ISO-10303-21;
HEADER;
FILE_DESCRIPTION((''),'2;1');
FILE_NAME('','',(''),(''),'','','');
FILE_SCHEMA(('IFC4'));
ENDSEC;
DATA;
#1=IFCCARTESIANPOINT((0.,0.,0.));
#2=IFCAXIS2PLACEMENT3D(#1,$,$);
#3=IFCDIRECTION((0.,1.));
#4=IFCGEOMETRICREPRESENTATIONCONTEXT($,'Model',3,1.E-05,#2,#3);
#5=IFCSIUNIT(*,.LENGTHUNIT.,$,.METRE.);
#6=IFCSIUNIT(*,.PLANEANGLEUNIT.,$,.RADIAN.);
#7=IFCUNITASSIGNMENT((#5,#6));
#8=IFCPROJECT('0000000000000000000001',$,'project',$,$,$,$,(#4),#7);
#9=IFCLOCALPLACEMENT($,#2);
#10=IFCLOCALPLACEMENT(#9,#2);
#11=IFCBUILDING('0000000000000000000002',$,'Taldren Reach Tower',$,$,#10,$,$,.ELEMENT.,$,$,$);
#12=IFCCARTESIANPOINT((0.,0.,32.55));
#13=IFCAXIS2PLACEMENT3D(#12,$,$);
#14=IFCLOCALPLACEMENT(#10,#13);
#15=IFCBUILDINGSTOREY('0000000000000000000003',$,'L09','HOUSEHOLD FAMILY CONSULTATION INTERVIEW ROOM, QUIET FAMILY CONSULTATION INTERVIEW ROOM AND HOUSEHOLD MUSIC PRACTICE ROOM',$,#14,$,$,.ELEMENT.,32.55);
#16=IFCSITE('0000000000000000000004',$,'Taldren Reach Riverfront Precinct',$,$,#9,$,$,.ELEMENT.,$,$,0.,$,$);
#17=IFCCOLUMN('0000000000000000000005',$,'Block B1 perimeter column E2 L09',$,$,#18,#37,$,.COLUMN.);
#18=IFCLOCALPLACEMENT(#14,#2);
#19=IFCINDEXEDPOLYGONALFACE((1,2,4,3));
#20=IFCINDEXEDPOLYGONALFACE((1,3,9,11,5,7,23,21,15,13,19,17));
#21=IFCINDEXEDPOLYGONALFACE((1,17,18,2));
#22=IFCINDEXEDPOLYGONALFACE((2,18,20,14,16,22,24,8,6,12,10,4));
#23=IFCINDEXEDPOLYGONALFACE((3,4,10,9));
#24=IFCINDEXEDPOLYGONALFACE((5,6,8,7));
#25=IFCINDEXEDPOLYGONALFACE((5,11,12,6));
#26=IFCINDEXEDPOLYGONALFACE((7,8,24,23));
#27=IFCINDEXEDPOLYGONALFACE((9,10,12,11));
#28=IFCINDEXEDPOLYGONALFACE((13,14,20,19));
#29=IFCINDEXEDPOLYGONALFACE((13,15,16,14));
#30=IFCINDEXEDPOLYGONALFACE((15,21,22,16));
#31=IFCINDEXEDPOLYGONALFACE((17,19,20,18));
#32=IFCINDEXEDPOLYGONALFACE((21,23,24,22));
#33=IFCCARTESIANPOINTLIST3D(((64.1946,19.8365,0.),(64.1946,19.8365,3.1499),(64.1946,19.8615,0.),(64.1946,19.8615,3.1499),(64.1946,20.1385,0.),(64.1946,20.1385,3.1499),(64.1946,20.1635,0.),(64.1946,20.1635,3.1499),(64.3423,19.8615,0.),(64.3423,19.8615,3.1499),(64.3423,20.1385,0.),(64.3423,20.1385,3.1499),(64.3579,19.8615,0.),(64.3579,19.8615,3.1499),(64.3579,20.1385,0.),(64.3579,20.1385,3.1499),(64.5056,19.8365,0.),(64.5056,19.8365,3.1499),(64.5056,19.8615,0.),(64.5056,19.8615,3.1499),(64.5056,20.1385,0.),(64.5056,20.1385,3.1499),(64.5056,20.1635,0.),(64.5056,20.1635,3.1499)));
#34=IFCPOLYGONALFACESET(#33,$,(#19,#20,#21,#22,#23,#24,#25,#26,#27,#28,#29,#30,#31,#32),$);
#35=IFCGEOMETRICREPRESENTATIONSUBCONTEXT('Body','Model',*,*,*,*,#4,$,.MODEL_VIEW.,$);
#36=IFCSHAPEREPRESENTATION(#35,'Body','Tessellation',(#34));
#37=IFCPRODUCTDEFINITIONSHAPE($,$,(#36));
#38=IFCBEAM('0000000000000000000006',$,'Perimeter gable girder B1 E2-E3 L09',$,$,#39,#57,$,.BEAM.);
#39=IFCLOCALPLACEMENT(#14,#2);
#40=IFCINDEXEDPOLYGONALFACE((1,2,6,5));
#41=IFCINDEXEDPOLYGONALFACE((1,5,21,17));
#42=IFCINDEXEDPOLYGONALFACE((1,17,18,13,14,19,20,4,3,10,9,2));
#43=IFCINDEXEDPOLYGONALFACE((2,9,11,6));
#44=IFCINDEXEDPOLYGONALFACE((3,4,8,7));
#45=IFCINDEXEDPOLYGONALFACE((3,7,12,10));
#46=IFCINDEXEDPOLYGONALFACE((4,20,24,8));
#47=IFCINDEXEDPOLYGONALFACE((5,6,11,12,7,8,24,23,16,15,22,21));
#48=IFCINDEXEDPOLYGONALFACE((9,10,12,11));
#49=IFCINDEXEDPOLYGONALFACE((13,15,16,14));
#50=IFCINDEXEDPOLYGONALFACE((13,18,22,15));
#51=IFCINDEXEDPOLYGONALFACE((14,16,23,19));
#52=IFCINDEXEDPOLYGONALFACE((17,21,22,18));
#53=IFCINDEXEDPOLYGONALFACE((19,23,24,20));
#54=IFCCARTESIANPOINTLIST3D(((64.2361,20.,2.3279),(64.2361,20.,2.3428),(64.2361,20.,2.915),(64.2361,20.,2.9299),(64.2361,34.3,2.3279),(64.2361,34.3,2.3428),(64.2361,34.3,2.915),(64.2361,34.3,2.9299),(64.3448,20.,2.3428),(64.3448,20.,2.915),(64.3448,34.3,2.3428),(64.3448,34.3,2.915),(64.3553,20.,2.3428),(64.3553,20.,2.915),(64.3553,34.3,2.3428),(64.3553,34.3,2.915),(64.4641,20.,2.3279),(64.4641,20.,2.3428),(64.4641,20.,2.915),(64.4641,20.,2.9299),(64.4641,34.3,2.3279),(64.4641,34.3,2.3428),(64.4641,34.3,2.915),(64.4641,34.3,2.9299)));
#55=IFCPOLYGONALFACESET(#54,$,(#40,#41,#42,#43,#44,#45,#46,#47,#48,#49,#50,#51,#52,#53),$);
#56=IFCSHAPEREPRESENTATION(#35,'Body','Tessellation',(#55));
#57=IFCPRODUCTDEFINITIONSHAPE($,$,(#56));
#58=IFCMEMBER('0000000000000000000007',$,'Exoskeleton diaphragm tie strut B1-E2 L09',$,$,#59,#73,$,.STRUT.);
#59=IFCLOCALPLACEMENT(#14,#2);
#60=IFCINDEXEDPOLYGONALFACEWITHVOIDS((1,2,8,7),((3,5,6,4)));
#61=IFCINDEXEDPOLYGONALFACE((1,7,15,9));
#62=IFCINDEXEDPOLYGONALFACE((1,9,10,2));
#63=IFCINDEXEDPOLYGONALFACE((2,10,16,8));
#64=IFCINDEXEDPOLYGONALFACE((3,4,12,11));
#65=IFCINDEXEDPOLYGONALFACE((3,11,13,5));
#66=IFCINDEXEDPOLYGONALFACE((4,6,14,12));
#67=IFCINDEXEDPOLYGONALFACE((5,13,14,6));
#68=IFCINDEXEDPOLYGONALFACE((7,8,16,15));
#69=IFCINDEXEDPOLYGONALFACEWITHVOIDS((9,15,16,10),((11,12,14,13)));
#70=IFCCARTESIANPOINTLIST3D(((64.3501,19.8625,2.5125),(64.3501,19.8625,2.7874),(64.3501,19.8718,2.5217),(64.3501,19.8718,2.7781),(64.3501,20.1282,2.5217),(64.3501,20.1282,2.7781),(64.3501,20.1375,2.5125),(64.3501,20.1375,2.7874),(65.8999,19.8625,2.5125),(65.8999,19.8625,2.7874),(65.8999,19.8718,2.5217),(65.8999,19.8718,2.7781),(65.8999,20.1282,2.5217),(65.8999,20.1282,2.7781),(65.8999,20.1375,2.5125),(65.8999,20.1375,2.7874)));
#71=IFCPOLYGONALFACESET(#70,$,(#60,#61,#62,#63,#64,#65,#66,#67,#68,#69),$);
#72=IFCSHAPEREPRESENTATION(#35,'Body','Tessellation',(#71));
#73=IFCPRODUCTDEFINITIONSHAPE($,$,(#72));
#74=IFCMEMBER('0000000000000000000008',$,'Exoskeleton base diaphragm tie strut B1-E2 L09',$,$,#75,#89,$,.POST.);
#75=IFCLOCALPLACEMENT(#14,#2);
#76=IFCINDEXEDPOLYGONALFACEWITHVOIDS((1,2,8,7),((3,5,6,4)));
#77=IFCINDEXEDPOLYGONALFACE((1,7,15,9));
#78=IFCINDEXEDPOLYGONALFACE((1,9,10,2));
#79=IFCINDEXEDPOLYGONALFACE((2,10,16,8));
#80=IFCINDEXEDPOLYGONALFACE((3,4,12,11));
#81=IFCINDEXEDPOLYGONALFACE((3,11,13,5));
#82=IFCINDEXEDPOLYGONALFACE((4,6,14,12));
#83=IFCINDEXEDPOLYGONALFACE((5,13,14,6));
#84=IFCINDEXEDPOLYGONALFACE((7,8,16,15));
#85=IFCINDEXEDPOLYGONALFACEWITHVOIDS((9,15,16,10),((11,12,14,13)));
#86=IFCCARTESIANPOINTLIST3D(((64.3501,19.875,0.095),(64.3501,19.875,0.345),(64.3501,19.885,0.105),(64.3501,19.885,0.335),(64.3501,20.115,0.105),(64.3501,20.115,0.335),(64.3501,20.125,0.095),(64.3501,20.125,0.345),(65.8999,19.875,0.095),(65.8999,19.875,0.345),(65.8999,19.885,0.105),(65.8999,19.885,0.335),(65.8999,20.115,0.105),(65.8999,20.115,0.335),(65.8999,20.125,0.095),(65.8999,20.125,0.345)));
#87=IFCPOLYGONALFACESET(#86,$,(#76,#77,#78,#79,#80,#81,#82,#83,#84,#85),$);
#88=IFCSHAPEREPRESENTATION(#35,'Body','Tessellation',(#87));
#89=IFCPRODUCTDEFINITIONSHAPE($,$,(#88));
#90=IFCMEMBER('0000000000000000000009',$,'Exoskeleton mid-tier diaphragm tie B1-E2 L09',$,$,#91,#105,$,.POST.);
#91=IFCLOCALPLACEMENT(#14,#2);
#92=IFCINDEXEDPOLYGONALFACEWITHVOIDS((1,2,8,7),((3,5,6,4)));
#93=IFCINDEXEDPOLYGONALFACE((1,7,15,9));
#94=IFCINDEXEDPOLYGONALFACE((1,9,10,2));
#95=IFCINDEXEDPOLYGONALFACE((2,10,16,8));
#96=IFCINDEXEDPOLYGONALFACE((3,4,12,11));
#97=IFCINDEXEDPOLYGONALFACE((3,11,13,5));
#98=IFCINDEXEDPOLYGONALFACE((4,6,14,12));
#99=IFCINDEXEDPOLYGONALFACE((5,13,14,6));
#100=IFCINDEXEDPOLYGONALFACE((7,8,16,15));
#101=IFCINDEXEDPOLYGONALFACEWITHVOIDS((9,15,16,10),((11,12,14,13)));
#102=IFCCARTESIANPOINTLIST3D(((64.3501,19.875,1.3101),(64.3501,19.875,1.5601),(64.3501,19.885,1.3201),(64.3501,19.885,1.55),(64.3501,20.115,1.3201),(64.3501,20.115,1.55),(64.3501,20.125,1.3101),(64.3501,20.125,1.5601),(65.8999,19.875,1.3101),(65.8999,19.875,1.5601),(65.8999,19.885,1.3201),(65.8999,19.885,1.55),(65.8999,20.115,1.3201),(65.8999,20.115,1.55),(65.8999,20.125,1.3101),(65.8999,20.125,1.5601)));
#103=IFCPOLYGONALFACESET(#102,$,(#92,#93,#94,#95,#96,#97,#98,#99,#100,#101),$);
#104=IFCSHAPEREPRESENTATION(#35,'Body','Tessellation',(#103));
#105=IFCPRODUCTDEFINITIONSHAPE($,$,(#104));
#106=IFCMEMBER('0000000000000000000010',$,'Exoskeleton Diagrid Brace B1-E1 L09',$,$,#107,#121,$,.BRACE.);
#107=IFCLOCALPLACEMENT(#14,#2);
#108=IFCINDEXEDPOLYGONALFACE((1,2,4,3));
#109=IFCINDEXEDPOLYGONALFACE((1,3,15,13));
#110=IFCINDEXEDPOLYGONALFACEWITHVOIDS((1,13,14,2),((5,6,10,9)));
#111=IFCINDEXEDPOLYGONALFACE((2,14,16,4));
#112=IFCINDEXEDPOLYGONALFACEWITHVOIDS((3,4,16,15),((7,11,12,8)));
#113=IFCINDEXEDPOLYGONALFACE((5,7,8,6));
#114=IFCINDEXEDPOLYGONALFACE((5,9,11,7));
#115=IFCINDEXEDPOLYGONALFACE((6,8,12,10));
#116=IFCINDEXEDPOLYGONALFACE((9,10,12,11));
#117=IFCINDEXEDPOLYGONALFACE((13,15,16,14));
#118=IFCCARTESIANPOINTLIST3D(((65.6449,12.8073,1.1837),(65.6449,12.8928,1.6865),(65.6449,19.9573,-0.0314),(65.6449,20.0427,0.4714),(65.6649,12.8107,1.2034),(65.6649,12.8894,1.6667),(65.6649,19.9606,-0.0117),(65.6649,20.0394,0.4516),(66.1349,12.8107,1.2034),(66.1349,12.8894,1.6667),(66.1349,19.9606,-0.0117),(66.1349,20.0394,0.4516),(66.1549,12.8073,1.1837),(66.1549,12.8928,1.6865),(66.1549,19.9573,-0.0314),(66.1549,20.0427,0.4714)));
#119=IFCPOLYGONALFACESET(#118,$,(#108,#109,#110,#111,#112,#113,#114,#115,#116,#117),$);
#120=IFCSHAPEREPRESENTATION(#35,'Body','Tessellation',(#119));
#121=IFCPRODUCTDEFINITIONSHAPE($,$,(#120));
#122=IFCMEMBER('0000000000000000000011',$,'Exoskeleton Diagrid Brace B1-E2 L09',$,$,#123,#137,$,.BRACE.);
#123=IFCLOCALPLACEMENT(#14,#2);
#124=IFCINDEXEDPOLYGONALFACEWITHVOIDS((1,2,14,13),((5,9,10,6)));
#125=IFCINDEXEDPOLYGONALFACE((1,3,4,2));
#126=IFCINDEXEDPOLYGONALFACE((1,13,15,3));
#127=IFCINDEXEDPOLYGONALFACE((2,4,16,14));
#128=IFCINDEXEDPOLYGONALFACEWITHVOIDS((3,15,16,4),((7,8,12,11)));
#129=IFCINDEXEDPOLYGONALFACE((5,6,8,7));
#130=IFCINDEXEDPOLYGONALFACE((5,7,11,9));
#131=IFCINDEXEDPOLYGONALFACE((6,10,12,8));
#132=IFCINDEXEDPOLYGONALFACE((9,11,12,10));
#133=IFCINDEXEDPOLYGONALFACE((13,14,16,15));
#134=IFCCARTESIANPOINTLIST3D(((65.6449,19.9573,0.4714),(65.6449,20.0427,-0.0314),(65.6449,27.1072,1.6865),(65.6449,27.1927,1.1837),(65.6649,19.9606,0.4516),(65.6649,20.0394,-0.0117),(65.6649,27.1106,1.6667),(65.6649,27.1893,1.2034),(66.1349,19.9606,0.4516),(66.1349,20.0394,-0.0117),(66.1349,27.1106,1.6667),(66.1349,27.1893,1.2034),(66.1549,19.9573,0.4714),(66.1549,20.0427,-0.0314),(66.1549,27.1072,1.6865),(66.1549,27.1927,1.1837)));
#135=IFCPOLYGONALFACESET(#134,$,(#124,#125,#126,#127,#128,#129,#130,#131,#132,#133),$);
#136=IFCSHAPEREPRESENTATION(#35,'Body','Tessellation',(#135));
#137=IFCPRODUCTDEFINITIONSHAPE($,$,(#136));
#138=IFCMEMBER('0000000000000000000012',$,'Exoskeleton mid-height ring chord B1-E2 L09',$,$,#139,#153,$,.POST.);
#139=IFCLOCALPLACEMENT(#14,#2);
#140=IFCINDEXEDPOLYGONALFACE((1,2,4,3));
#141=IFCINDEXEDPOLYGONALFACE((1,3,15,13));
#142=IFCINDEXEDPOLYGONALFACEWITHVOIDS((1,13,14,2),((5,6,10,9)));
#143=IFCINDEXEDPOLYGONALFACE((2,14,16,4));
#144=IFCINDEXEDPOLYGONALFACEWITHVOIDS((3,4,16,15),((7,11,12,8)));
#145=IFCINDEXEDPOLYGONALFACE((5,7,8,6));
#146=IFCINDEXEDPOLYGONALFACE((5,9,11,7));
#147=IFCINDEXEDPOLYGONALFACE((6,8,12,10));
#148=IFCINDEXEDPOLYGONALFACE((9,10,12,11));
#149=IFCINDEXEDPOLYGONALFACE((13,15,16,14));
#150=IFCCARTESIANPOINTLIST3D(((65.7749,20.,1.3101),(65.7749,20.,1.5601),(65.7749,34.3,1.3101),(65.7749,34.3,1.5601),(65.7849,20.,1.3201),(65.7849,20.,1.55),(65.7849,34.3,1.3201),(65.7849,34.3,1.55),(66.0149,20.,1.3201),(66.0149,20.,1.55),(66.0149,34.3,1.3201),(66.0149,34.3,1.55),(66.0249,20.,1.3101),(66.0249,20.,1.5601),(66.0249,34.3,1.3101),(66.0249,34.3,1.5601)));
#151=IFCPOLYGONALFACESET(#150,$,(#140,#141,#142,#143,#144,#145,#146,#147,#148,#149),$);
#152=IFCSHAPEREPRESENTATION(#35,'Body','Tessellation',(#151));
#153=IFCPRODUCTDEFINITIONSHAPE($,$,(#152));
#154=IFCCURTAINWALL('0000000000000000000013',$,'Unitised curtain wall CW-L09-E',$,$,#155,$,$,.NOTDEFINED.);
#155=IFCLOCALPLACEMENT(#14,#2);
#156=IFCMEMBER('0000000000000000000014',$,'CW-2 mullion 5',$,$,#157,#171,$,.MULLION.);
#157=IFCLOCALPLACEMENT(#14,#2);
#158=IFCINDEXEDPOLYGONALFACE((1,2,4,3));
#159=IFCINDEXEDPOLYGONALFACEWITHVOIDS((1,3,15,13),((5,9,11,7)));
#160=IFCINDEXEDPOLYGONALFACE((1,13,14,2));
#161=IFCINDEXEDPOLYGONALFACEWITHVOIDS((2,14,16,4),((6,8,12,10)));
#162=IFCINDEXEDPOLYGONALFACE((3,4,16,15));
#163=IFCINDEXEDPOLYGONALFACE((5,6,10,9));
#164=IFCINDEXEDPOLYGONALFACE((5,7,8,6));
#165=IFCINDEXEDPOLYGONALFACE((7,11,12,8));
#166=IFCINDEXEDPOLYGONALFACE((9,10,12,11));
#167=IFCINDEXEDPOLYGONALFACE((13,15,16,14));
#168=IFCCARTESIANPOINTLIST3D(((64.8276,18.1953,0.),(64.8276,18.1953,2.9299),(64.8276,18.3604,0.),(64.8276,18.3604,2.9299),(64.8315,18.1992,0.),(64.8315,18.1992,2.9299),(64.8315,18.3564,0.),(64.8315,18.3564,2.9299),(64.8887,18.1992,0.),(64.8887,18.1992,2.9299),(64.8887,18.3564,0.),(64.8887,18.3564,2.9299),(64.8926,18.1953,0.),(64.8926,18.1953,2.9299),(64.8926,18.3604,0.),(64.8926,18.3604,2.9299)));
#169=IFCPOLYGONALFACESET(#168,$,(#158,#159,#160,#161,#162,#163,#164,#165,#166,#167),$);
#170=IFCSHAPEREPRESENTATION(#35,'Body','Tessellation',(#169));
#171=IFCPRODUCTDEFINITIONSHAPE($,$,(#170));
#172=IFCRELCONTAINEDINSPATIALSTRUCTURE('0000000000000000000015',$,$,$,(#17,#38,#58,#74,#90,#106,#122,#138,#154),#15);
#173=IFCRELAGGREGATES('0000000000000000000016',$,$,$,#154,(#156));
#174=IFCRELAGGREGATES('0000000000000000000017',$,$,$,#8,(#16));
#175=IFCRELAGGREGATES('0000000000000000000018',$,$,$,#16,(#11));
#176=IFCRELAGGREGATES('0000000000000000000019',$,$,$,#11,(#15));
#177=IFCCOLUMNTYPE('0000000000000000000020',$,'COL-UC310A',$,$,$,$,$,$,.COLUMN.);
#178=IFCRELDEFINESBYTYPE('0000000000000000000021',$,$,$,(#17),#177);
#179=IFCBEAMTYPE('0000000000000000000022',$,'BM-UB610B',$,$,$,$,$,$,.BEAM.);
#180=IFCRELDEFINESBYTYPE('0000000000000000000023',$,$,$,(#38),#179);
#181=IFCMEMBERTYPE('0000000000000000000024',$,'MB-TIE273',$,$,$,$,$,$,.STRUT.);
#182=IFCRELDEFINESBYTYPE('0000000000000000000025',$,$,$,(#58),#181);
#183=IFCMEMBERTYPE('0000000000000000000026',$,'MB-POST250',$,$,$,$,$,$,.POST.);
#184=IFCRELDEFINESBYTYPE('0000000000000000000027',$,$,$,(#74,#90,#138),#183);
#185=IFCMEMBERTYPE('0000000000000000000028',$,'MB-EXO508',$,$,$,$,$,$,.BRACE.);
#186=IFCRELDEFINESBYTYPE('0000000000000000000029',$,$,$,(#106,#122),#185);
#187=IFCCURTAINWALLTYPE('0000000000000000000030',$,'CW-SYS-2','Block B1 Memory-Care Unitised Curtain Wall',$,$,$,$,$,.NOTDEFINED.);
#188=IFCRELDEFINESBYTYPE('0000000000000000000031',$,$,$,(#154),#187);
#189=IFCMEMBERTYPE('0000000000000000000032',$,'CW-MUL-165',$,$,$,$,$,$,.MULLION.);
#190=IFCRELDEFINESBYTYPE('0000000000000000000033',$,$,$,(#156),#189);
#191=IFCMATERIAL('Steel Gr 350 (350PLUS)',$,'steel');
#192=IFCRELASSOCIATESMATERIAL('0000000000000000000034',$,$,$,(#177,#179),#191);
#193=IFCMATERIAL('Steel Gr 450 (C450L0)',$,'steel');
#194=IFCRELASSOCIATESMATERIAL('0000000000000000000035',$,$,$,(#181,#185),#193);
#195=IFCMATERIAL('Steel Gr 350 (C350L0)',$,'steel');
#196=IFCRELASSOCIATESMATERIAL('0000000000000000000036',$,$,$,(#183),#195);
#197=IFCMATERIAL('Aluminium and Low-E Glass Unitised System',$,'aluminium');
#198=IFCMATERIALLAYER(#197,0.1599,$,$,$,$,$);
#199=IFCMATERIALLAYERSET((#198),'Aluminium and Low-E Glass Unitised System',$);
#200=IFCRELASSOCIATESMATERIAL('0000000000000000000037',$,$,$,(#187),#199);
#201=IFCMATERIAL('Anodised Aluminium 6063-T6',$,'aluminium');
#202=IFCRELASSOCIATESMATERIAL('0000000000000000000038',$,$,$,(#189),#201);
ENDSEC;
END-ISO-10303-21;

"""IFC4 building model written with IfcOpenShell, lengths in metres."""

from ifc_helpers import new_model, si_unit, direction, frame, origin, origin_2d, place, context, subcontext, project, spatial, hollow_rectangle, i_section, extrude, source, transform, mapped, material, layer, layer_set, material_profile, profile_set, type_object, element, aggregate, save


model = new_model("IFC4")

# Units and contexts
model_context = context("Model", 3, precision=1e-05, world=origin(), true_north=direction((0.0, 1.0)))
body_context = subcontext(model_context, "Body", "Model", "MODEL_VIEW")
ifc_project = project(units=[si_unit("LENGTHUNIT", "METRE"), si_unit("PLANEANGLEUNIT", "RADIAN")], contexts=[model_context])

# Site, building, storey
site_placement = place(None, origin())
site = spatial("IfcSite", under=ifc_project, at=site_placement, Name="Taldren Reach Riverfront Precinct", CompositionType="ELEMENT", RefElevation=0.0)
building_placement = place(site_placement, origin())
building = spatial("IfcBuilding", under=site, at=building_placement, Name="Taldren Reach Tower", CompositionType="ELEMENT")
storey_placement = place(building_placement, frame((0.0, 0.0, 32.55)))
storey = spatial("IfcBuildingStorey", under=building, at=storey_placement, Name="L09", Description="HOUSEHOLD FAMILY CONSULTATION INTERVIEW ROOM, QUIET FAMILY CONSULTATION INTERVIEW ROOM AND HOUSEHOLD MUSIC PRACTICE ROOM", CompositionType="ELEMENT", Elevation=32.55)

# Column
ifc_material_1 = material(Name="Steel Gr 350 (350PLUS)", Category="steel")
ifc_material_profile_1 = material_profile(ifc_material_1, i_section(OverallWidth=0.311, OverallDepth=0.3269, WebThickness=0.0156, FlangeThickness=0.0249, at=origin_2d()), Name="310UC158")
ifc_profile_set_1 = profile_set([ifc_material_profile_1], Name="Steel Gr 350 (350PLUS)")
column_type = type_object("IfcColumnType", Name="COL-UC310A", PredefinedType="COLUMN", material=ifc_profile_set_1)
shared_shape_1 = source(origin(), body_context, "Body", "SweptSolid", [
    extrude(i_section(OverallWidth=0.311, OverallDepth=0.3269, WebThickness=0.0156, FlangeThickness=0.0249, at=origin_2d()), origin(), (0.0, 0.0, 1.0), 3.1499),
])
column_placement = place(storey_placement, frame((64.3501, 20.0, 0.0), z_axis=(0.0, 0.0, 1.0), x_axis=(1.0, 0.0, 0.0)))
element("IfcColumn", 1, at=column_placement, inside=storey, type_object=column_type, Name="Block B1 perimeter column E2 L09", PredefinedType="COLUMN", context=body_context, shape_type="MappedRepresentation", body=[
    mapped(shared_shape_1, transform((0.0, 0.0, 0.0), scale=1.0)),
])

# Beam
ifc_material_profile_2 = material_profile(ifc_material_1, i_section(OverallWidth=0.228, OverallDepth=0.6021, WebThickness=0.0105, FlangeThickness=0.0149, at=origin_2d()), Name="610UB101")
ifc_profile_set_2 = profile_set([ifc_material_profile_2], Name="Steel Gr 350 (350PLUS)")
beam_type = type_object("IfcBeamType", Name="BM-UB610B", PredefinedType="BEAM", material=ifc_profile_set_2)
shared_shape_2 = source(origin(), body_context, "Body", "SweptSolid", [
    extrude(i_section(OverallWidth=0.228, OverallDepth=0.6021, WebThickness=0.0105, FlangeThickness=0.0149, at=origin_2d()), origin(), (0.0, 0.0, 1.0), 14.3),
])
beam_placement = place(storey_placement, frame((64.3501, 20.0, 2.6289), z_axis=(0.0, 1.0, 0.0), x_axis=(-1.0, 0.0, 0.0)))
element("IfcBeam", 2, at=beam_placement, inside=storey, type_object=beam_type, Name="Perimeter gable girder B1 E2-E3 L09", PredefinedType="BEAM", context=body_context, shape_type="MappedRepresentation", body=[
    mapped(shared_shape_2, transform((0.0, 0.0, 0.0), scale=1.0)),
])

# Members
ifc_material_2 = material(Name="Steel Gr 450 (C450L0)", Category="steel")
ifc_material_profile_3 = material_profile(ifc_material_2, hollow_rectangle(XDim=0.2749, YDim=0.2749, WallThickness=0.0093, at=origin_2d()), Name="275x275x9.3SHS")
ifc_profile_set_3 = profile_set([ifc_material_profile_3], Name="Steel Gr 450 (C450L0)")
member_type_1 = type_object("IfcMemberType", Name="MB-TIE273", PredefinedType="STRUT", material=ifc_profile_set_3)
shared_shape_3 = source(origin(), body_context, "Body", "SweptSolid", [
    extrude(hollow_rectangle(XDim=0.2749, YDim=0.2749, WallThickness=0.0093, at=origin_2d()), origin(), (0.0, 0.0, 1.0), 1.5498),
])
member_1_placement = place(storey_placement, frame((64.3501, 20.0, 2.6499), z_axis=(1.0, 0.0, 0.0), x_axis=(0.0, 1.0, 0.0)))
element("IfcMember", 3, at=member_1_placement, inside=storey, type_object=member_type_1, Name="Exoskeleton diaphragm tie strut B1-E2 L09", PredefinedType="STRUT", context=body_context, shape_type="MappedRepresentation", body=[
    mapped(shared_shape_3, transform((0.0, 0.0, 0.0), scale=1.0)),
])
ifc_material_3 = material(Name="Steel Gr 350 (C350L0)", Category="steel")
ifc_material_profile_4 = material_profile(ifc_material_3, hollow_rectangle(XDim=0.25, YDim=0.25, WallThickness=0.01, at=origin_2d()), Name="250x250x10.0SHS")
ifc_profile_set_4 = profile_set([ifc_material_profile_4], Name="Steel Gr 350 (C350L0)")
member_type_2 = type_object("IfcMemberType", Name="MB-POST250", PredefinedType="POST", material=ifc_profile_set_4)
shared_shape_4 = source(origin(), body_context, "Body", "SweptSolid", [
    extrude(hollow_rectangle(XDim=0.25, YDim=0.25, WallThickness=0.01, at=origin_2d()), origin(), (0.0, 0.0, 1.0), 1.5498),
])
for number, where, z_axis, x_axis, name in (
    (4, (64.3501, 20.0, 0.22), (1.0, 0.0, 0.0), (0.0, 1.0, 0.0), "Exoskeleton base diaphragm tie strut B1-E2 L09"),
    (5, (64.3501, 20.0, 1.4351), (1.0, 0.0, 0.0), (0.0, 1.0, 0.0), "Exoskeleton mid-tier diaphragm tie B1-E2 L09"),
):
    element("IfcMember", number, at=place(storey_placement, frame(where, z_axis=z_axis, x_axis=x_axis)), inside=storey, type_object=member_type_2, Name=name, PredefinedType="POST", context=body_context, shape_type="MappedRepresentation", body=[
        mapped(shared_shape_4, transform((0.0, 0.0, 0.0), scale=1.0)),
    ])
ifc_material_profile_5 = material_profile(ifc_material_2, hollow_rectangle(XDim=0.51, YDim=0.51, WallThickness=0.02, at=origin_2d()), Name="510x510x20.0SHS")
ifc_profile_set_5 = profile_set([ifc_material_profile_5], Name="Steel Gr 450 (C450L0)")
member_type_3 = type_object("IfcMemberType", Name="MB-EXO508", PredefinedType="BRACE", material=ifc_profile_set_5)
shared_shape_5 = source(origin(), body_context, "Body", "SweptSolid", [
    extrude(hollow_rectangle(XDim=0.51, YDim=0.51, WallThickness=0.02, at=origin_2d()), origin(), (0.0, 0.0, 1.0), 7.2524),
])
for number, where, z_axis, x_axis, name in (
    (6, (65.8999, 20.0, 0.22), (0.0, -0.985865, 0.167542), (1.0, 0.0, 0.0), "Exoskeleton Diagrid Brace B1-E1 L09"),
    (7, (65.8999, 20.0, 0.22), (0.0, 0.985865, 0.167542), (-1.0, 0.0, 0.0), "Exoskeleton Diagrid Brace B1-E2 L09"),
):
    element("IfcMember", number, at=place(storey_placement, frame(where, z_axis=z_axis, x_axis=x_axis)), inside=storey, type_object=member_type_3, Name=name, PredefinedType="BRACE", context=body_context, shape_type="MappedRepresentation", body=[
        mapped(shared_shape_5, transform((0.0, 0.0, 0.0), scale=1.0)),
    ])
shared_shape_6 = source(origin(), body_context, "Body", "SweptSolid", [
    extrude(hollow_rectangle(XDim=0.25, YDim=0.25, WallThickness=0.01, at=origin_2d()), origin(), (0.0, 0.0, 1.0), 14.3),
])
member_2_placement = place(storey_placement, frame((65.8999, 20.0, 1.4351), z_axis=(0.0, 1.0, 0.0), x_axis=(-1.0, 0.0, 0.0)))
element("IfcMember", 8, at=member_2_placement, inside=storey, type_object=member_type_2, Name="Exoskeleton mid-height ring chord B1-E2 L09", PredefinedType="POST", context=body_context, shape_type="MappedRepresentation", body=[
    mapped(shared_shape_6, transform((0.0, 0.0, 0.0), scale=1.0)),
])

# Curtain wall, member
ifc_material_4 = material(Name="Aluminium and Low-E Glass Unitised System", Category="aluminium")
ifc_layer_1 = layer(ifc_material_4, 0.1599)
ifc_layer_set_1 = layer_set([ifc_layer_1], Name="Aluminium and Low-E Glass Unitised System")
curtain_wall_type = type_object("IfcCurtainWallType", Name="CW-SYS-2", Description="Block B1 Memory-Care Unitised Curtain Wall", PredefinedType="NOTDEFINED", material=ifc_layer_set_1)
curtain_wall_placement = place(storey_placement, origin())
curtain_wall = element("IfcCurtainWall", 9, at=curtain_wall_placement, inside=storey, type_object=curtain_wall_type, Name="Unitised curtain wall CW-L09-E", PredefinedType="NOTDEFINED")
ifc_material_5 = material(Name="Anodised Aluminium 6063-T6", Category="aluminium")
ifc_material_profile_6 = material_profile(ifc_material_5, hollow_rectangle(XDim=0.0649, YDim=0.165, WallThickness=0.0039, at=origin_2d()), Name="ALU-165x65x4RHS")
ifc_profile_set_6 = profile_set([ifc_material_profile_6], Name="Anodised Aluminium 6063-T6")
member_type_4 = type_object("IfcMemberType", Name="CW-MUL-165", PredefinedType="MULLION", material=ifc_profile_set_6)
shared_shape_7 = source(origin(), body_context, "Body", "SweptSolid", [
    extrude(hollow_rectangle(XDim=0.0649, YDim=0.165, WallThickness=0.0039, at=origin_2d()), origin(), (0.0, 0.0, 1.0), 2.9299),
])
member_3_placement = place(storey_placement, frame((64.8601, 18.2778, 0.0), z_axis=(0.0, 0.0, 1.0), x_axis=(-1.0, 0.0, 0.0)))
member_3 = element("IfcMember", 10, at=member_3_placement, type_object=member_type_4, Name="CW-2 mullion 5", PredefinedType="MULLION", context=body_context, shape_type="MappedRepresentation", body=[
    mapped(shared_shape_7, transform((0.0, 0.0, 0.0), scale=1.0)),
])

aggregate(curtain_wall, [member_3])

save(model, "model.ifc")
